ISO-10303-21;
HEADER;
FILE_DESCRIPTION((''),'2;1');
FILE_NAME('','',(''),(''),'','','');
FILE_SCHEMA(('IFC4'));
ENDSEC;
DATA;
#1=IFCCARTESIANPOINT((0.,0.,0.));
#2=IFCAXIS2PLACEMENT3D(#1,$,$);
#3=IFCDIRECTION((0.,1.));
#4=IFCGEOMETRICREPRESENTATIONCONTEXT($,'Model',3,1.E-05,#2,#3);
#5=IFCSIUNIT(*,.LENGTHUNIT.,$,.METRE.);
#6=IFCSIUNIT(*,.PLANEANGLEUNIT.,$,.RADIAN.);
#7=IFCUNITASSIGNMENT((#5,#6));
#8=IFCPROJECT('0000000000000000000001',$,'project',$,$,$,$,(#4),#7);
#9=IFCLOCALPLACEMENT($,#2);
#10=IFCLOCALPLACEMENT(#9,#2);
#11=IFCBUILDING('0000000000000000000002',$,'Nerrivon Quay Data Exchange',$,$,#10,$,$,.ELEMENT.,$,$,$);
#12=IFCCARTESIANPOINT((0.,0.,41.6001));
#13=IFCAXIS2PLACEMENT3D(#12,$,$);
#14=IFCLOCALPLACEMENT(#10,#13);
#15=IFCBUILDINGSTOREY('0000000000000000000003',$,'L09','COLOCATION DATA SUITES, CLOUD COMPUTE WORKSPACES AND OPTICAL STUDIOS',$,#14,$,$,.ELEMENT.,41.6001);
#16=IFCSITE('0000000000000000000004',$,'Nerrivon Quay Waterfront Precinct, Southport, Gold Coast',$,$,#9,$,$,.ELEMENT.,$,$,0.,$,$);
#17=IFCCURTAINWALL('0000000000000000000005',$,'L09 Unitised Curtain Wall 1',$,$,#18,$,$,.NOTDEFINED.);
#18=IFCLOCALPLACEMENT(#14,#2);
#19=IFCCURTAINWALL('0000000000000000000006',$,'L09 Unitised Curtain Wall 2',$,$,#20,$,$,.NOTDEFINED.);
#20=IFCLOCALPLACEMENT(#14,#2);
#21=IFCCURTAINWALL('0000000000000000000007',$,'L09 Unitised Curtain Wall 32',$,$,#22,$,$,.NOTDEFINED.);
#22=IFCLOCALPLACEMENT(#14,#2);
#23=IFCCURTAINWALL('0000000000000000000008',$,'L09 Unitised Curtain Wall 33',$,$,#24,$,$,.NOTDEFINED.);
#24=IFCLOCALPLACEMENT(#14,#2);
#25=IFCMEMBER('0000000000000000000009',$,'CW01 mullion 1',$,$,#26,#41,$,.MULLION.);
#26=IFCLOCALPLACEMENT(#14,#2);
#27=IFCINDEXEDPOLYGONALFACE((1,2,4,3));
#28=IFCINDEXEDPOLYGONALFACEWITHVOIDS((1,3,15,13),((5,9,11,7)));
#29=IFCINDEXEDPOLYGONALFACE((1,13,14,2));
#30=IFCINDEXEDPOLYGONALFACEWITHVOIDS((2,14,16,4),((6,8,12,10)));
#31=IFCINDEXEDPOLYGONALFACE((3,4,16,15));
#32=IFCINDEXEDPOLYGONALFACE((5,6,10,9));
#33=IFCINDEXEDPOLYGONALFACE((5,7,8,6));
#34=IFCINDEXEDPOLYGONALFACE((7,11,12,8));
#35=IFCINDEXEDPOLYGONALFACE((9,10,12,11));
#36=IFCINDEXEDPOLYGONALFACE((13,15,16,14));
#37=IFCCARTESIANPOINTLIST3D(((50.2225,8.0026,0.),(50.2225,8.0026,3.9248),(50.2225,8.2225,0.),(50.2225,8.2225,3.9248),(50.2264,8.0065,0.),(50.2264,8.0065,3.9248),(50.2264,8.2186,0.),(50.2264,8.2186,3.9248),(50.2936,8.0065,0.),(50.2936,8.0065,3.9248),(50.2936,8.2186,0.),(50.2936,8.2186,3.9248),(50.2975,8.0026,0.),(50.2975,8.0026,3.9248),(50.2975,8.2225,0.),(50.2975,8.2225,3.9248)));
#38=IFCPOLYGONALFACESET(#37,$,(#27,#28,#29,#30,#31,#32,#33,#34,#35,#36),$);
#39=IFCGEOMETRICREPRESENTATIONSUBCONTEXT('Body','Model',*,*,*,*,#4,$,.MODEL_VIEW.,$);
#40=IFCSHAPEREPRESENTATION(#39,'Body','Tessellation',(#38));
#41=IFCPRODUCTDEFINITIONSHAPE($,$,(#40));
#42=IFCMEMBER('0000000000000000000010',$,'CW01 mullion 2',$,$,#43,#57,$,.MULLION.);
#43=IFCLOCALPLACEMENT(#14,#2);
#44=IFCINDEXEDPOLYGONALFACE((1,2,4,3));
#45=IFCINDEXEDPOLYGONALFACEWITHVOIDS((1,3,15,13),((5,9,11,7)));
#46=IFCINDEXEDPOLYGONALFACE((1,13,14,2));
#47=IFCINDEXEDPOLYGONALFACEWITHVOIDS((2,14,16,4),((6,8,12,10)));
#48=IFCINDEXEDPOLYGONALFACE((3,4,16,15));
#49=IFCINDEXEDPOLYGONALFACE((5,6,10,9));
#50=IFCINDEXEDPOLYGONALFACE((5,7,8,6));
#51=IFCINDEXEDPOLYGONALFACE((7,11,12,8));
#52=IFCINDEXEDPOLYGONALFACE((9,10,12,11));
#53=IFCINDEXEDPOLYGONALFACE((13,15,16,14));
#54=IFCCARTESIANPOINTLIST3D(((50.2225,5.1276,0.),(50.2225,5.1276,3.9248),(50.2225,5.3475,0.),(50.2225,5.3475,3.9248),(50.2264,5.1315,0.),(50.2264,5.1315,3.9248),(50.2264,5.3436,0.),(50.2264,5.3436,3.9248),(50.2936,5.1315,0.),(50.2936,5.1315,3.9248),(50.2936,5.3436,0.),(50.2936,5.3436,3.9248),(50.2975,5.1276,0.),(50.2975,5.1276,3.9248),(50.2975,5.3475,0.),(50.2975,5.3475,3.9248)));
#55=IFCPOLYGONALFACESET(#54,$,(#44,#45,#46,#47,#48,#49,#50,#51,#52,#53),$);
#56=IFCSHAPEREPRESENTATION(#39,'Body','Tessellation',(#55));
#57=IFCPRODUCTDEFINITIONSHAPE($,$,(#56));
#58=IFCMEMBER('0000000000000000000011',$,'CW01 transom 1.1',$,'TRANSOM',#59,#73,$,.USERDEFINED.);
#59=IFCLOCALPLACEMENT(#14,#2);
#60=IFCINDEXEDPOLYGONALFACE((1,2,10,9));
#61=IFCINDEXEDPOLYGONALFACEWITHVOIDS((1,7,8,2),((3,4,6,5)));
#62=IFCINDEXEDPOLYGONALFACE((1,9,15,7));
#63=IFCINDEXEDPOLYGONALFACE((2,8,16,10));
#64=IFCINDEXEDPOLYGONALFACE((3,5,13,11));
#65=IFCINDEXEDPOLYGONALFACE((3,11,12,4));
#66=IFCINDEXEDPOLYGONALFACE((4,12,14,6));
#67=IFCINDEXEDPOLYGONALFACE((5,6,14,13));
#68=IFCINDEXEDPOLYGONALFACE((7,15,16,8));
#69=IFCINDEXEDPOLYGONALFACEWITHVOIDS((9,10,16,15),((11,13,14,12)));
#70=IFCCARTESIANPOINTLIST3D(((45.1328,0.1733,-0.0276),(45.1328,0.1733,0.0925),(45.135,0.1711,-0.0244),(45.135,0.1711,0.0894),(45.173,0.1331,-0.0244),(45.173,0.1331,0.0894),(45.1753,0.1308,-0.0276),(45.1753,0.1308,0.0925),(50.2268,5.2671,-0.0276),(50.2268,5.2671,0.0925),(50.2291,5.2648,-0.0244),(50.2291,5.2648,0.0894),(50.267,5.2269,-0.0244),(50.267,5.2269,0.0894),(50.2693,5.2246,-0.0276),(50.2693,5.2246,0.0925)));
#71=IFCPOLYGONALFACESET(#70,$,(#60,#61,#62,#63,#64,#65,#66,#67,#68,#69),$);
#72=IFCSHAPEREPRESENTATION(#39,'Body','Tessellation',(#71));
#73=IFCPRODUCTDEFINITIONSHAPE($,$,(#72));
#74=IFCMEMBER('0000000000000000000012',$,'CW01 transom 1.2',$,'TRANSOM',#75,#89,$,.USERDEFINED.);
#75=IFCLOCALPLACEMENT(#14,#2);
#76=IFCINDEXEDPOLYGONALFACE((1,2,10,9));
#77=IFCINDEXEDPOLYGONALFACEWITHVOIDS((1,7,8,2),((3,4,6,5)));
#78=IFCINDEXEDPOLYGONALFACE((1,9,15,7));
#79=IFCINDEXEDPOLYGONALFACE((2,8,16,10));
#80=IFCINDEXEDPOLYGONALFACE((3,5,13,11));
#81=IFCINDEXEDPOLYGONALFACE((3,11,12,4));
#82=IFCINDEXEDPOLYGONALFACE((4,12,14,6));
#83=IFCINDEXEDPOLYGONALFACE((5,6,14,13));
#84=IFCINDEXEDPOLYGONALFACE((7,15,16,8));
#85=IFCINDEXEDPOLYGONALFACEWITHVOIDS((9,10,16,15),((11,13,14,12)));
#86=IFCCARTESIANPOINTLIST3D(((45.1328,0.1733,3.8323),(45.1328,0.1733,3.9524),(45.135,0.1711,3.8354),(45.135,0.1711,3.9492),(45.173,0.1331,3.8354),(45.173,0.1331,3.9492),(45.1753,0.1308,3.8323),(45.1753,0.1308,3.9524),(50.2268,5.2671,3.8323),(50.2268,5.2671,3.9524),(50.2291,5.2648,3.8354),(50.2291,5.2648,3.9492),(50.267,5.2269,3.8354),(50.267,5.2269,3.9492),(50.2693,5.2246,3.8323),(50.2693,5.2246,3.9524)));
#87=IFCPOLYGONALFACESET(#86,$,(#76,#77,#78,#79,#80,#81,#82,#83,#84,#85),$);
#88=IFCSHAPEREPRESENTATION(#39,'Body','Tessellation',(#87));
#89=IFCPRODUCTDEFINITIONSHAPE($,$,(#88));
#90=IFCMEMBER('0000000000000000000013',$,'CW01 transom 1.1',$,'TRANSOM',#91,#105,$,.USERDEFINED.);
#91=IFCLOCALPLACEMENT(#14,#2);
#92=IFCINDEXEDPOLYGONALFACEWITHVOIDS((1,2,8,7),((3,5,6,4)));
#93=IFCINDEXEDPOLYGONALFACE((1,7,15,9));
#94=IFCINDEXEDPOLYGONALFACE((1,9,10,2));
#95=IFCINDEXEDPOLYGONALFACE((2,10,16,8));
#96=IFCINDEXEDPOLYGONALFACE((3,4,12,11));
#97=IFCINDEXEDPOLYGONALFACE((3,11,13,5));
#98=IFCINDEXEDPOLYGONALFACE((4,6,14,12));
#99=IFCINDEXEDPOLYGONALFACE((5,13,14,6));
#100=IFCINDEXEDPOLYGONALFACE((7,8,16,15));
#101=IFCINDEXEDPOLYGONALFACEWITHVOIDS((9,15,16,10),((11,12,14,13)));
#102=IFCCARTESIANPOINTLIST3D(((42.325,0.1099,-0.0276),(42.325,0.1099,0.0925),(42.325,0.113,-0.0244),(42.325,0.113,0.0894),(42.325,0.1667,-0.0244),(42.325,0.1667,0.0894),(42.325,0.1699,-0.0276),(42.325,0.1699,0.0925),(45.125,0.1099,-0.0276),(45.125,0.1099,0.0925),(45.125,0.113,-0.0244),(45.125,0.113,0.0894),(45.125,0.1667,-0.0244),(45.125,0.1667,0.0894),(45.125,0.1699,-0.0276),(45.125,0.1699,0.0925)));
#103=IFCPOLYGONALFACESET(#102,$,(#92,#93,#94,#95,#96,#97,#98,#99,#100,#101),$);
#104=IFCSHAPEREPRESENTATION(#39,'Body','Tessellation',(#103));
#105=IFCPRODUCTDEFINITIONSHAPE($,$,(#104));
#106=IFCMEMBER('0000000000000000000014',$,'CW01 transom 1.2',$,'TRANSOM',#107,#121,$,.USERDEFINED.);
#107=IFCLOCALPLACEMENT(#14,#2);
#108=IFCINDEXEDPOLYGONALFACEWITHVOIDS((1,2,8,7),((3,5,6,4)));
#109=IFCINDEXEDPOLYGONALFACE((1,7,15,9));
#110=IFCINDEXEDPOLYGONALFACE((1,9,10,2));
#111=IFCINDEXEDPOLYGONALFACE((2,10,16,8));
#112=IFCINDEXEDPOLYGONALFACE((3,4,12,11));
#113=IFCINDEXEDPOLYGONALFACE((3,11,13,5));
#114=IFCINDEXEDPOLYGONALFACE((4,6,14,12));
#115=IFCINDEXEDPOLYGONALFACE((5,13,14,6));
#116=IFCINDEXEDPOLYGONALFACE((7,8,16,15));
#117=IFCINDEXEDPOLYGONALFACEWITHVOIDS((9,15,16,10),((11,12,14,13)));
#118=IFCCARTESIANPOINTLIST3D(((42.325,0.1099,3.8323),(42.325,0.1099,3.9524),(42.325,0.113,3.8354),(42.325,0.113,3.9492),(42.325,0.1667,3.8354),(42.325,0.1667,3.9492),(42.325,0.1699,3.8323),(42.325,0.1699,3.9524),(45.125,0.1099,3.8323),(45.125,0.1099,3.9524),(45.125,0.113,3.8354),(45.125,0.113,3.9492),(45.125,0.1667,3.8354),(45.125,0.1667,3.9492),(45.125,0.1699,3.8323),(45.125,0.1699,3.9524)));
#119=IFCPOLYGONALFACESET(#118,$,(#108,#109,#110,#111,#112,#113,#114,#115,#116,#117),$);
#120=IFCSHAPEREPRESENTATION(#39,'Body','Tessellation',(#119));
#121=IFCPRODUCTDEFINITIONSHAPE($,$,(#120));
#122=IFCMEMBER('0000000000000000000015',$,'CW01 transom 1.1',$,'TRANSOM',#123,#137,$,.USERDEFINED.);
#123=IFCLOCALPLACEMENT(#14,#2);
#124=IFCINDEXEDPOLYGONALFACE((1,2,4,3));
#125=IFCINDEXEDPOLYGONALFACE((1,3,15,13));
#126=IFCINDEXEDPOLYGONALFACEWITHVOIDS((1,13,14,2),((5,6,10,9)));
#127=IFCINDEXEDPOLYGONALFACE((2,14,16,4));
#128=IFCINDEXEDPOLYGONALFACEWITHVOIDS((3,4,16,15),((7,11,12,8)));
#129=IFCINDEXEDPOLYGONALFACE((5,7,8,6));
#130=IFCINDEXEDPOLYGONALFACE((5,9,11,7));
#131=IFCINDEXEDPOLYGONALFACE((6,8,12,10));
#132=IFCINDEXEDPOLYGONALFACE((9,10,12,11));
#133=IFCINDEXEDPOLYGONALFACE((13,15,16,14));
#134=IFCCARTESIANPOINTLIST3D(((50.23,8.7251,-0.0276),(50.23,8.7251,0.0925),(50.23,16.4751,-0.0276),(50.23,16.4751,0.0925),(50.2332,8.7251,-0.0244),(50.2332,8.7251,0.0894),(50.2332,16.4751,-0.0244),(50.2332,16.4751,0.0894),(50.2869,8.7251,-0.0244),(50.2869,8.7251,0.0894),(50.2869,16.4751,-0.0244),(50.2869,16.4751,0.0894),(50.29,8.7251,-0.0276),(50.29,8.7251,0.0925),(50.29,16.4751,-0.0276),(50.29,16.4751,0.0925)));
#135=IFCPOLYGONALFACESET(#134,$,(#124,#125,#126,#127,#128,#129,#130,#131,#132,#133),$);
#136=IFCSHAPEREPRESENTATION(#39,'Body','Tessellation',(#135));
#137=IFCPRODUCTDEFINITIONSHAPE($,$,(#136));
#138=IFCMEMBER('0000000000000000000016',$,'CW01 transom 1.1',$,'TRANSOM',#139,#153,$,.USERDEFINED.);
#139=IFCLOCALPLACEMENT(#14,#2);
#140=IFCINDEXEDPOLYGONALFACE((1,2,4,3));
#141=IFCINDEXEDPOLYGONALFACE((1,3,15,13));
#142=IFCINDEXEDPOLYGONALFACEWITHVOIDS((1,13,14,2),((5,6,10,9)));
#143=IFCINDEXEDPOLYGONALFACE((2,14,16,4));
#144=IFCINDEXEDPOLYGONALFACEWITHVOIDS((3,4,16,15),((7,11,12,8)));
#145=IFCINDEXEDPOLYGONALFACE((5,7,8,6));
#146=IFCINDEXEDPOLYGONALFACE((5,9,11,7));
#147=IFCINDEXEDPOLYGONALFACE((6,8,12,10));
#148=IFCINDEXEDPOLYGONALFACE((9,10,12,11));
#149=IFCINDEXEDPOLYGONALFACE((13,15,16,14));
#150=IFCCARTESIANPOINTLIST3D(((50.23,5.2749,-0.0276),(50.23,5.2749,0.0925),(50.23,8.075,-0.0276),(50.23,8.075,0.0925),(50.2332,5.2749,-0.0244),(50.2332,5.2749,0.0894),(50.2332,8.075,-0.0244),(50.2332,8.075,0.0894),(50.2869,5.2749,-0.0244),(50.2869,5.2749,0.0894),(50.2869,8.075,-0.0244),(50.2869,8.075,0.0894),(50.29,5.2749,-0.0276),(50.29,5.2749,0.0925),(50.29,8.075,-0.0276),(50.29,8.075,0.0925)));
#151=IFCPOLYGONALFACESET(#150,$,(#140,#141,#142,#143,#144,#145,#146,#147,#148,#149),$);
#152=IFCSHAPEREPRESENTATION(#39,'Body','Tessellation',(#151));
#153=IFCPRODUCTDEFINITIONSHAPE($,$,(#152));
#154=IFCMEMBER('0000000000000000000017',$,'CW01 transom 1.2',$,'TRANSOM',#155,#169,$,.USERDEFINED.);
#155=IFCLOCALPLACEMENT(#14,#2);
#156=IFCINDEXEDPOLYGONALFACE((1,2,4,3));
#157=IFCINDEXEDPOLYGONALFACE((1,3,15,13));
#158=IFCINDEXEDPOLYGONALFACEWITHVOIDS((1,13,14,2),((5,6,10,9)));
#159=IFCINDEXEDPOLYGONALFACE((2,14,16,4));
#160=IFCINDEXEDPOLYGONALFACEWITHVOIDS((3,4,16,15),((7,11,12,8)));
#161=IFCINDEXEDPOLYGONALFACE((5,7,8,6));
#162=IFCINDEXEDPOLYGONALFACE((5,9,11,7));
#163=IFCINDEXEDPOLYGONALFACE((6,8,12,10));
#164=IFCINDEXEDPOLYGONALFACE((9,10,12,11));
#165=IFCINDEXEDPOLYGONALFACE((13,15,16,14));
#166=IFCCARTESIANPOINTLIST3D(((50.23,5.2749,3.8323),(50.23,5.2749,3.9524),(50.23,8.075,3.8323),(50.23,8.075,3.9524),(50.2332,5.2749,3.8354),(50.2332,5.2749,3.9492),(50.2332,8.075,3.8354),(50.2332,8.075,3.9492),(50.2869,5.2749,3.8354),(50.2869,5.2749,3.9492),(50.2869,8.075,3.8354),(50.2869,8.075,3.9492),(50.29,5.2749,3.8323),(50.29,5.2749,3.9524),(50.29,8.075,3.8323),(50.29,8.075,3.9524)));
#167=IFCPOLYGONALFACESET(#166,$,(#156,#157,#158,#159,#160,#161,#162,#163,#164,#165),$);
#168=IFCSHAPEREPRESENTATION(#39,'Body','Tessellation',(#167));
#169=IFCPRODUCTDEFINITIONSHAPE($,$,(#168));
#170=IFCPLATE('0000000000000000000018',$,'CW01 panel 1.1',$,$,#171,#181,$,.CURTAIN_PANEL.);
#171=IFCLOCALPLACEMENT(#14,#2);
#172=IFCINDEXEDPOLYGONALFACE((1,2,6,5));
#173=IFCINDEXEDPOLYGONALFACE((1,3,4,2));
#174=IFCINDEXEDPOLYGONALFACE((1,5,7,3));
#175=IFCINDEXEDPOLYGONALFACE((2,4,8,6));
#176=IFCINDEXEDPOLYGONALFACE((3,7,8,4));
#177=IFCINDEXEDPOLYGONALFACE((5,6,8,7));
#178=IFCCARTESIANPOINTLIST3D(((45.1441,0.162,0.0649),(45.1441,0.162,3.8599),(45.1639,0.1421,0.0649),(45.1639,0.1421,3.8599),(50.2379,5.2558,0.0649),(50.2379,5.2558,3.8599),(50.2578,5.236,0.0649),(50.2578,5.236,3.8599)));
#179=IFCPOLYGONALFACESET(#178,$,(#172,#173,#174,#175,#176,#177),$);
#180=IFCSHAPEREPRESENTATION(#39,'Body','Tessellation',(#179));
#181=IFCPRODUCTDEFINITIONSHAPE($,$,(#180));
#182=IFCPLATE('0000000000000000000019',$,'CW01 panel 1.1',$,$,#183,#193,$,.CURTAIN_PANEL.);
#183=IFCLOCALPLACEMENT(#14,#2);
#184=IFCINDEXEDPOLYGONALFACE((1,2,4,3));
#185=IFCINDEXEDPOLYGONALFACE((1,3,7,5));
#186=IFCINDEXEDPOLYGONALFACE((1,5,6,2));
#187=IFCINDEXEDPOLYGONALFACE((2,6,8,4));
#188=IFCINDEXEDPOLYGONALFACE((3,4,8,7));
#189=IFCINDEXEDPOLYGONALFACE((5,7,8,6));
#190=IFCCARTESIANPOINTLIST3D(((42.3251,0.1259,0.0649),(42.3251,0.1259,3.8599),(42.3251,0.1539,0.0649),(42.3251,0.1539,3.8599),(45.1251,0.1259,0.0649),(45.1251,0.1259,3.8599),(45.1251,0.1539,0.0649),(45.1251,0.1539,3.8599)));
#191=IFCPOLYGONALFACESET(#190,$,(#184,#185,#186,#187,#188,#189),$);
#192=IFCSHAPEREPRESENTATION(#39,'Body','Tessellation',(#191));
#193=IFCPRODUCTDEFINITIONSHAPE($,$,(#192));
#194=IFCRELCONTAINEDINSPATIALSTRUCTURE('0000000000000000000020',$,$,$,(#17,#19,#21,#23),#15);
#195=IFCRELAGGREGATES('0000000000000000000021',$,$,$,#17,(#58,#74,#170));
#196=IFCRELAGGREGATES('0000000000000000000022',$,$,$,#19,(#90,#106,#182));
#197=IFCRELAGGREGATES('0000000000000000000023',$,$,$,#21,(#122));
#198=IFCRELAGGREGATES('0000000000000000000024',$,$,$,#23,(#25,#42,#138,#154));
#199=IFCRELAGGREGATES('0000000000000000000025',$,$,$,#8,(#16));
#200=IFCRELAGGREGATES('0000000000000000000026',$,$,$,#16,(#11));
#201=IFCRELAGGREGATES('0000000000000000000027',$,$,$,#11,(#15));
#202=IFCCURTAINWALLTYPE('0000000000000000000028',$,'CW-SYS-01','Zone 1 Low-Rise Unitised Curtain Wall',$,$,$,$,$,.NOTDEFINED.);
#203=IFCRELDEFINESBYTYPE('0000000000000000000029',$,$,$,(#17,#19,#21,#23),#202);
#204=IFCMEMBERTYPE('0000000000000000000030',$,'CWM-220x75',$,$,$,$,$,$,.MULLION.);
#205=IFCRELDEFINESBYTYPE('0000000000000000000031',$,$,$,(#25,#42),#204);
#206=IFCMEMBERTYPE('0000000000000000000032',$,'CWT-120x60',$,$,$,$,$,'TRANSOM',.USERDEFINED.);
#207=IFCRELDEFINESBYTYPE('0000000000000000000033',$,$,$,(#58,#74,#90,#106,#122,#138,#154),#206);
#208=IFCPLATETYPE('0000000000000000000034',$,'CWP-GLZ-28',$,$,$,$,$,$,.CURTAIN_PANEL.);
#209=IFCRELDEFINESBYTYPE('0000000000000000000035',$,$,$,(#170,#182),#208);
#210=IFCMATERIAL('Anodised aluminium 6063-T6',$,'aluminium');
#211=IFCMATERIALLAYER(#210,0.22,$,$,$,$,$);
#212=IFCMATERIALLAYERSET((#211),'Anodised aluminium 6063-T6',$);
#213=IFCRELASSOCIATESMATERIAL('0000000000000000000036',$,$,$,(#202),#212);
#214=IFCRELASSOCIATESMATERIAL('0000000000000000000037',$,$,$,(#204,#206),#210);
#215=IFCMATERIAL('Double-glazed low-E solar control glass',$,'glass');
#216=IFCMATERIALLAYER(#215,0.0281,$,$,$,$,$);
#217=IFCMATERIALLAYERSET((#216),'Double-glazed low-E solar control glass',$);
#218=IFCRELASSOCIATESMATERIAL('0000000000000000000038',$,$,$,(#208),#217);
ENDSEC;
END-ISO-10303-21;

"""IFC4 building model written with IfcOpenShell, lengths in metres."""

from ifc_helpers import new_model, si_unit, direction, frame, origin, origin_2d, place, context, subcontext, project, spatial, rectangle, hollow_rectangle, extrude, material, layer, layer_set, material_profile, profile_set, type_object, element, aggregate, save


model = new_model("IFC4")

# Units and contexts
model_context = context("Model", 3, precision=1e-05, world=origin(), true_north=direction((0.0, 1.0)))
body_context = subcontext(model_context, "Body", "Model", "MODEL_VIEW")
ifc_project = project(units=[si_unit("LENGTHUNIT", "METRE"), si_unit("PLANEANGLEUNIT", "RADIAN")], contexts=[model_context])

# Site, building, storey
site_placement = place(None, origin())
site = spatial("IfcSite", under=ifc_project, at=site_placement, Name="Nerrivon Quay Waterfront Precinct, Southport, Gold Coast", CompositionType="ELEMENT", RefElevation=0.0)
building_placement = place(site_placement, origin())
building = spatial("IfcBuilding", under=site, at=building_placement, Name="Nerrivon Quay Data Exchange", CompositionType="ELEMENT")
storey_placement = place(building_placement, frame((0.0, 0.0, 41.6001)))
storey = spatial("IfcBuildingStorey", under=building, at=storey_placement, Name="L09", Description="COLOCATION DATA SUITES, CLOUD COMPUTE WORKSPACES AND OPTICAL STUDIOS", CompositionType="ELEMENT", Elevation=41.6001)

# Curtain walls
ifc_material_1 = material(Name="Anodised aluminium 6063-T6", Category="aluminium")
ifc_layer_1 = layer(ifc_material_1, 0.22)
ifc_layer_set_1 = layer_set([ifc_layer_1], Name="Anodised aluminium 6063-T6")
curtain_wall_type = type_object("IfcCurtainWallType", Name="CW-SYS-01", Description="Zone 1 Low-Rise Unitised Curtain Wall", PredefinedType="NOTDEFINED", material=ifc_layer_set_1)
curtain_wall_1_placement = place(storey_placement, origin())
curtain_wall_1 = element("IfcCurtainWall", 1, at=curtain_wall_1_placement, inside=storey, type_object=curtain_wall_type, Name="L09 Unitised Curtain Wall 1", PredefinedType="NOTDEFINED")
ifc_material_profile_1 = material_profile(ifc_material_1, hollow_rectangle(XDim=0.075, YDim=0.22, WallThickness=0.0039, at=origin_2d()), Name="ALU-MULL-220x75")
ifc_profile_set_1 = profile_set([ifc_material_profile_1], Name="Anodised aluminium 6063-T6")
member_type_1 = type_object("IfcMemberType", Name="CWM-220x75", PredefinedType="MULLION", material=ifc_profile_set_1)
curtain_wall_2_placement = place(storey_placement, origin())
curtain_wall_2 = element("IfcCurtainWall", 2, at=curtain_wall_2_placement, inside=storey, type_object=curtain_wall_type, Name="L09 Unitised Curtain Wall 2", PredefinedType="NOTDEFINED")

# Curtain wall
curtain_wall_3_placement = place(storey_placement, origin())
curtain_wall_3 = element("IfcCurtainWall", 3, at=curtain_wall_3_placement, inside=storey, type_object=curtain_wall_type, Name="L09 Unitised Curtain Wall 32", PredefinedType="NOTDEFINED")

# Curtain wall, members
curtain_wall_4_placement = place(storey_placement, origin())
curtain_wall_4 = element("IfcCurtainWall", 4, at=curtain_wall_4_placement, inside=storey, type_object=curtain_wall_type, Name="L09 Unitised Curtain Wall 33", PredefinedType="NOTDEFINED")
member_1_placement = place(storey_placement, frame((50.26, 8.1125, 0.0), z_axis=(0.0, 0.0, 1.0), x_axis=(1.0, 0.0, 0.0)))
member_1 = element("IfcMember", 5, at=member_1_placement, type_object=member_type_1, Name="CW01 mullion 1", PredefinedType="MULLION", context=body_context, shape_type="SweptSolid", body=[
    extrude(hollow_rectangle(XDim=0.075, YDim=0.22, WallThickness=0.0039, at=origin_2d()), origin(), (0.0, 0.0, 1.0), 3.9248),
])
member_2_placement = place(storey_placement, frame((50.26, 5.2375, 0.0), z_axis=(0.0, 0.0, 1.0), x_axis=(1.0, 0.0, 0.0)))
member_2 = element("IfcMember", 6, at=member_2_placement, type_object=member_type_1, Name="CW01 mullion 2", PredefinedType="MULLION", context=body_context, shape_type="SweptSolid", body=[
    extrude(hollow_rectangle(XDim=0.075, YDim=0.22, WallThickness=0.0039, at=origin_2d()), origin(), (0.0, 0.0, 1.0), 3.9248),
])

# Members
ifc_material_profile_2 = material_profile(ifc_material_1, hollow_rectangle(XDim=0.0601, YDim=0.1201, WallThickness=0.0032, at=origin_2d()), Name="ALU-TRAN-120x60")
ifc_profile_set_2 = profile_set([ifc_material_profile_2], Name="Anodised aluminium 6063-T6")
member_type_2 = type_object("IfcMemberType", Name="CWT-120x60", ElementType="TRANSOM", PredefinedType="USERDEFINED", material=ifc_profile_set_2)
member_3_placement = place(storey_placement, frame((50.248, 5.2458, 0.0325), z_axis=(-0.707124, -0.70709, 0.0), x_axis=(0.70709, -0.707124, 0.0)))
member_3 = element("IfcMember", 7, at=member_3_placement, type_object=member_type_2, Name="CW01 transom 1.1", ObjectType="TRANSOM", PredefinedType="USERDEFINED", context=body_context, shape_type="SweptSolid", body=[
    extrude(hollow_rectangle(XDim=0.0601, YDim=0.1201, WallThickness=0.0032, at=origin_2d()), origin(), (0.0, 0.0, 1.0), 7.2039),
])
member_4_placement = place(storey_placement, frame((50.248, 5.2458, 3.8923), z_axis=(-0.707124, -0.70709, 0.0), x_axis=(0.70709, -0.707124, 0.0)))
member_4 = element("IfcMember", 8, at=member_4_placement, type_object=member_type_2, Name="CW01 transom 1.2", ObjectType="TRANSOM", PredefinedType="USERDEFINED", context=body_context, shape_type="SweptSolid", body=[
    extrude(hollow_rectangle(XDim=0.0601, YDim=0.1201, WallThickness=0.0032, at=origin_2d()), origin(), (0.0, 0.0, 1.0), 7.2039),
])
member_5_placement = place(storey_placement, frame((45.125, 0.1399, 0.0325), z_axis=(-1.0, 0.0, 0.0), x_axis=(0.0, -1.0, 0.0)))
member_5 = element("IfcMember", 9, at=member_5_placement, type_object=member_type_2, Name="CW01 transom 1.1", ObjectType="TRANSOM", PredefinedType="USERDEFINED", context=body_context, shape_type="SweptSolid", body=[
    extrude(hollow_rectangle(XDim=0.0601, YDim=0.1201, WallThickness=0.0032, at=origin_2d()), origin(), (0.0, 0.0, 1.0), 2.8),
])
member_6_placement = place(storey_placement, frame((45.125, 0.1399, 3.8923), z_axis=(-1.0, 0.0, 0.0), x_axis=(0.0, -1.0, 0.0)))
member_6 = element("IfcMember", 10, at=member_6_placement, type_object=member_type_2, Name="CW01 transom 1.2", ObjectType="TRANSOM", PredefinedType="USERDEFINED", context=body_context, shape_type="SweptSolid", body=[
    extrude(hollow_rectangle(XDim=0.0601, YDim=0.1201, WallThickness=0.0032, at=origin_2d()), origin(), (0.0, 0.0, 1.0), 2.8),
])
member_7_placement = place(storey_placement, frame((50.26, 16.4751, 0.0325), z_axis=(0.0, -1.0, 0.0), x_axis=(1.0, 0.0, 0.0)))
member_7 = element("IfcMember", 11, at=member_7_placement, type_object=member_type_2, Name="CW01 transom 1.1", ObjectType="TRANSOM", PredefinedType="USERDEFINED", context=body_context, shape_type="SweptSolid", body=[
    extrude(hollow_rectangle(XDim=0.0601, YDim=0.1201, WallThickness=0.0032, at=origin_2d()), origin(), (0.0, 0.0, 1.0), 7.75),
])
member_8_placement = place(storey_placement, frame((50.26, 8.075, 0.0325), z_axis=(0.0, -1.0, 0.0), x_axis=(1.0, 0.0, 0.0)))
member_8 = element("IfcMember", 12, at=member_8_placement, type_object=member_type_2, Name="CW01 transom 1.1", ObjectType="TRANSOM", PredefinedType="USERDEFINED", context=body_context, shape_type="SweptSolid", body=[
    extrude(hollow_rectangle(XDim=0.0601, YDim=0.1201, WallThickness=0.0032, at=origin_2d()), origin(), (0.0, 0.0, 1.0), 2.8),
])
member_9_placement = place(storey_placement, frame((50.26, 8.075, 3.8923), z_axis=(0.0, -1.0, 0.0), x_axis=(1.0, 0.0, 0.0)))
member_9 = element("IfcMember", 13, at=member_9_placement, type_object=member_type_2, Name="CW01 transom 1.2", ObjectType="TRANSOM", PredefinedType="USERDEFINED", context=body_context, shape_type="SweptSolid", body=[
    extrude(hollow_rectangle(XDim=0.0601, YDim=0.1201, WallThickness=0.0032, at=origin_2d()), origin(), (0.0, 0.0, 1.0), 2.8),
])

# Plates
ifc_material_2 = material(Name="Double-glazed low-E solar control glass", Category="glass")
ifc_layer_2 = layer(ifc_material_2, 0.0281)
ifc_layer_set_2 = layer_set([ifc_layer_2], Name="Double-glazed low-E solar control glass")
plate_type = type_object("IfcPlateType", Name="CWP-GLZ-28", PredefinedType="CURTAIN_PANEL", material=ifc_layer_set_2)
plate_1_placement = place(storey_placement, frame((47.7009, 2.699, 0.0649), z_axis=(0.0, 0.0, 1.0), x_axis=(-0.707107, -0.707107, 0.0)))
plate_1 = element("IfcPlate", 14, at=plate_1_placement, type_object=plate_type, Name="CW01 panel 1.1", PredefinedType="CURTAIN_PANEL", context=body_context, shape_type="SweptSolid", body=[
    extrude(rectangle(XDim=7.2039, YDim=0.0281, at=origin_2d()), origin(), (0.0, 0.0, 1.0), 3.7949),
])
aggregate(curtain_wall_1, [member_3, member_4, plate_1])
plate_2_placement = place(storey_placement, frame((43.7251, 0.1399, 0.0649), z_axis=(0.0, 0.0, 1.0), x_axis=(-1.0, 0.0, 0.0)))
plate_2 = element("IfcPlate", 15, at=plate_2_placement, type_object=plate_type, Name="CW01 panel 1.1", PredefinedType="CURTAIN_PANEL", context=body_context, shape_type="SweptSolid", body=[
    extrude(rectangle(XDim=2.8, YDim=0.0281, at=origin_2d()), origin(), (0.0, 0.0, 1.0), 3.7949),
])
aggregate(curtain_wall_2, [member_5, member_6, plate_2])
aggregate(curtain_wall_3, [member_7])
aggregate(curtain_wall_4, [member_1, member_2, member_8, member_9])

save(model, "model.ifc")
